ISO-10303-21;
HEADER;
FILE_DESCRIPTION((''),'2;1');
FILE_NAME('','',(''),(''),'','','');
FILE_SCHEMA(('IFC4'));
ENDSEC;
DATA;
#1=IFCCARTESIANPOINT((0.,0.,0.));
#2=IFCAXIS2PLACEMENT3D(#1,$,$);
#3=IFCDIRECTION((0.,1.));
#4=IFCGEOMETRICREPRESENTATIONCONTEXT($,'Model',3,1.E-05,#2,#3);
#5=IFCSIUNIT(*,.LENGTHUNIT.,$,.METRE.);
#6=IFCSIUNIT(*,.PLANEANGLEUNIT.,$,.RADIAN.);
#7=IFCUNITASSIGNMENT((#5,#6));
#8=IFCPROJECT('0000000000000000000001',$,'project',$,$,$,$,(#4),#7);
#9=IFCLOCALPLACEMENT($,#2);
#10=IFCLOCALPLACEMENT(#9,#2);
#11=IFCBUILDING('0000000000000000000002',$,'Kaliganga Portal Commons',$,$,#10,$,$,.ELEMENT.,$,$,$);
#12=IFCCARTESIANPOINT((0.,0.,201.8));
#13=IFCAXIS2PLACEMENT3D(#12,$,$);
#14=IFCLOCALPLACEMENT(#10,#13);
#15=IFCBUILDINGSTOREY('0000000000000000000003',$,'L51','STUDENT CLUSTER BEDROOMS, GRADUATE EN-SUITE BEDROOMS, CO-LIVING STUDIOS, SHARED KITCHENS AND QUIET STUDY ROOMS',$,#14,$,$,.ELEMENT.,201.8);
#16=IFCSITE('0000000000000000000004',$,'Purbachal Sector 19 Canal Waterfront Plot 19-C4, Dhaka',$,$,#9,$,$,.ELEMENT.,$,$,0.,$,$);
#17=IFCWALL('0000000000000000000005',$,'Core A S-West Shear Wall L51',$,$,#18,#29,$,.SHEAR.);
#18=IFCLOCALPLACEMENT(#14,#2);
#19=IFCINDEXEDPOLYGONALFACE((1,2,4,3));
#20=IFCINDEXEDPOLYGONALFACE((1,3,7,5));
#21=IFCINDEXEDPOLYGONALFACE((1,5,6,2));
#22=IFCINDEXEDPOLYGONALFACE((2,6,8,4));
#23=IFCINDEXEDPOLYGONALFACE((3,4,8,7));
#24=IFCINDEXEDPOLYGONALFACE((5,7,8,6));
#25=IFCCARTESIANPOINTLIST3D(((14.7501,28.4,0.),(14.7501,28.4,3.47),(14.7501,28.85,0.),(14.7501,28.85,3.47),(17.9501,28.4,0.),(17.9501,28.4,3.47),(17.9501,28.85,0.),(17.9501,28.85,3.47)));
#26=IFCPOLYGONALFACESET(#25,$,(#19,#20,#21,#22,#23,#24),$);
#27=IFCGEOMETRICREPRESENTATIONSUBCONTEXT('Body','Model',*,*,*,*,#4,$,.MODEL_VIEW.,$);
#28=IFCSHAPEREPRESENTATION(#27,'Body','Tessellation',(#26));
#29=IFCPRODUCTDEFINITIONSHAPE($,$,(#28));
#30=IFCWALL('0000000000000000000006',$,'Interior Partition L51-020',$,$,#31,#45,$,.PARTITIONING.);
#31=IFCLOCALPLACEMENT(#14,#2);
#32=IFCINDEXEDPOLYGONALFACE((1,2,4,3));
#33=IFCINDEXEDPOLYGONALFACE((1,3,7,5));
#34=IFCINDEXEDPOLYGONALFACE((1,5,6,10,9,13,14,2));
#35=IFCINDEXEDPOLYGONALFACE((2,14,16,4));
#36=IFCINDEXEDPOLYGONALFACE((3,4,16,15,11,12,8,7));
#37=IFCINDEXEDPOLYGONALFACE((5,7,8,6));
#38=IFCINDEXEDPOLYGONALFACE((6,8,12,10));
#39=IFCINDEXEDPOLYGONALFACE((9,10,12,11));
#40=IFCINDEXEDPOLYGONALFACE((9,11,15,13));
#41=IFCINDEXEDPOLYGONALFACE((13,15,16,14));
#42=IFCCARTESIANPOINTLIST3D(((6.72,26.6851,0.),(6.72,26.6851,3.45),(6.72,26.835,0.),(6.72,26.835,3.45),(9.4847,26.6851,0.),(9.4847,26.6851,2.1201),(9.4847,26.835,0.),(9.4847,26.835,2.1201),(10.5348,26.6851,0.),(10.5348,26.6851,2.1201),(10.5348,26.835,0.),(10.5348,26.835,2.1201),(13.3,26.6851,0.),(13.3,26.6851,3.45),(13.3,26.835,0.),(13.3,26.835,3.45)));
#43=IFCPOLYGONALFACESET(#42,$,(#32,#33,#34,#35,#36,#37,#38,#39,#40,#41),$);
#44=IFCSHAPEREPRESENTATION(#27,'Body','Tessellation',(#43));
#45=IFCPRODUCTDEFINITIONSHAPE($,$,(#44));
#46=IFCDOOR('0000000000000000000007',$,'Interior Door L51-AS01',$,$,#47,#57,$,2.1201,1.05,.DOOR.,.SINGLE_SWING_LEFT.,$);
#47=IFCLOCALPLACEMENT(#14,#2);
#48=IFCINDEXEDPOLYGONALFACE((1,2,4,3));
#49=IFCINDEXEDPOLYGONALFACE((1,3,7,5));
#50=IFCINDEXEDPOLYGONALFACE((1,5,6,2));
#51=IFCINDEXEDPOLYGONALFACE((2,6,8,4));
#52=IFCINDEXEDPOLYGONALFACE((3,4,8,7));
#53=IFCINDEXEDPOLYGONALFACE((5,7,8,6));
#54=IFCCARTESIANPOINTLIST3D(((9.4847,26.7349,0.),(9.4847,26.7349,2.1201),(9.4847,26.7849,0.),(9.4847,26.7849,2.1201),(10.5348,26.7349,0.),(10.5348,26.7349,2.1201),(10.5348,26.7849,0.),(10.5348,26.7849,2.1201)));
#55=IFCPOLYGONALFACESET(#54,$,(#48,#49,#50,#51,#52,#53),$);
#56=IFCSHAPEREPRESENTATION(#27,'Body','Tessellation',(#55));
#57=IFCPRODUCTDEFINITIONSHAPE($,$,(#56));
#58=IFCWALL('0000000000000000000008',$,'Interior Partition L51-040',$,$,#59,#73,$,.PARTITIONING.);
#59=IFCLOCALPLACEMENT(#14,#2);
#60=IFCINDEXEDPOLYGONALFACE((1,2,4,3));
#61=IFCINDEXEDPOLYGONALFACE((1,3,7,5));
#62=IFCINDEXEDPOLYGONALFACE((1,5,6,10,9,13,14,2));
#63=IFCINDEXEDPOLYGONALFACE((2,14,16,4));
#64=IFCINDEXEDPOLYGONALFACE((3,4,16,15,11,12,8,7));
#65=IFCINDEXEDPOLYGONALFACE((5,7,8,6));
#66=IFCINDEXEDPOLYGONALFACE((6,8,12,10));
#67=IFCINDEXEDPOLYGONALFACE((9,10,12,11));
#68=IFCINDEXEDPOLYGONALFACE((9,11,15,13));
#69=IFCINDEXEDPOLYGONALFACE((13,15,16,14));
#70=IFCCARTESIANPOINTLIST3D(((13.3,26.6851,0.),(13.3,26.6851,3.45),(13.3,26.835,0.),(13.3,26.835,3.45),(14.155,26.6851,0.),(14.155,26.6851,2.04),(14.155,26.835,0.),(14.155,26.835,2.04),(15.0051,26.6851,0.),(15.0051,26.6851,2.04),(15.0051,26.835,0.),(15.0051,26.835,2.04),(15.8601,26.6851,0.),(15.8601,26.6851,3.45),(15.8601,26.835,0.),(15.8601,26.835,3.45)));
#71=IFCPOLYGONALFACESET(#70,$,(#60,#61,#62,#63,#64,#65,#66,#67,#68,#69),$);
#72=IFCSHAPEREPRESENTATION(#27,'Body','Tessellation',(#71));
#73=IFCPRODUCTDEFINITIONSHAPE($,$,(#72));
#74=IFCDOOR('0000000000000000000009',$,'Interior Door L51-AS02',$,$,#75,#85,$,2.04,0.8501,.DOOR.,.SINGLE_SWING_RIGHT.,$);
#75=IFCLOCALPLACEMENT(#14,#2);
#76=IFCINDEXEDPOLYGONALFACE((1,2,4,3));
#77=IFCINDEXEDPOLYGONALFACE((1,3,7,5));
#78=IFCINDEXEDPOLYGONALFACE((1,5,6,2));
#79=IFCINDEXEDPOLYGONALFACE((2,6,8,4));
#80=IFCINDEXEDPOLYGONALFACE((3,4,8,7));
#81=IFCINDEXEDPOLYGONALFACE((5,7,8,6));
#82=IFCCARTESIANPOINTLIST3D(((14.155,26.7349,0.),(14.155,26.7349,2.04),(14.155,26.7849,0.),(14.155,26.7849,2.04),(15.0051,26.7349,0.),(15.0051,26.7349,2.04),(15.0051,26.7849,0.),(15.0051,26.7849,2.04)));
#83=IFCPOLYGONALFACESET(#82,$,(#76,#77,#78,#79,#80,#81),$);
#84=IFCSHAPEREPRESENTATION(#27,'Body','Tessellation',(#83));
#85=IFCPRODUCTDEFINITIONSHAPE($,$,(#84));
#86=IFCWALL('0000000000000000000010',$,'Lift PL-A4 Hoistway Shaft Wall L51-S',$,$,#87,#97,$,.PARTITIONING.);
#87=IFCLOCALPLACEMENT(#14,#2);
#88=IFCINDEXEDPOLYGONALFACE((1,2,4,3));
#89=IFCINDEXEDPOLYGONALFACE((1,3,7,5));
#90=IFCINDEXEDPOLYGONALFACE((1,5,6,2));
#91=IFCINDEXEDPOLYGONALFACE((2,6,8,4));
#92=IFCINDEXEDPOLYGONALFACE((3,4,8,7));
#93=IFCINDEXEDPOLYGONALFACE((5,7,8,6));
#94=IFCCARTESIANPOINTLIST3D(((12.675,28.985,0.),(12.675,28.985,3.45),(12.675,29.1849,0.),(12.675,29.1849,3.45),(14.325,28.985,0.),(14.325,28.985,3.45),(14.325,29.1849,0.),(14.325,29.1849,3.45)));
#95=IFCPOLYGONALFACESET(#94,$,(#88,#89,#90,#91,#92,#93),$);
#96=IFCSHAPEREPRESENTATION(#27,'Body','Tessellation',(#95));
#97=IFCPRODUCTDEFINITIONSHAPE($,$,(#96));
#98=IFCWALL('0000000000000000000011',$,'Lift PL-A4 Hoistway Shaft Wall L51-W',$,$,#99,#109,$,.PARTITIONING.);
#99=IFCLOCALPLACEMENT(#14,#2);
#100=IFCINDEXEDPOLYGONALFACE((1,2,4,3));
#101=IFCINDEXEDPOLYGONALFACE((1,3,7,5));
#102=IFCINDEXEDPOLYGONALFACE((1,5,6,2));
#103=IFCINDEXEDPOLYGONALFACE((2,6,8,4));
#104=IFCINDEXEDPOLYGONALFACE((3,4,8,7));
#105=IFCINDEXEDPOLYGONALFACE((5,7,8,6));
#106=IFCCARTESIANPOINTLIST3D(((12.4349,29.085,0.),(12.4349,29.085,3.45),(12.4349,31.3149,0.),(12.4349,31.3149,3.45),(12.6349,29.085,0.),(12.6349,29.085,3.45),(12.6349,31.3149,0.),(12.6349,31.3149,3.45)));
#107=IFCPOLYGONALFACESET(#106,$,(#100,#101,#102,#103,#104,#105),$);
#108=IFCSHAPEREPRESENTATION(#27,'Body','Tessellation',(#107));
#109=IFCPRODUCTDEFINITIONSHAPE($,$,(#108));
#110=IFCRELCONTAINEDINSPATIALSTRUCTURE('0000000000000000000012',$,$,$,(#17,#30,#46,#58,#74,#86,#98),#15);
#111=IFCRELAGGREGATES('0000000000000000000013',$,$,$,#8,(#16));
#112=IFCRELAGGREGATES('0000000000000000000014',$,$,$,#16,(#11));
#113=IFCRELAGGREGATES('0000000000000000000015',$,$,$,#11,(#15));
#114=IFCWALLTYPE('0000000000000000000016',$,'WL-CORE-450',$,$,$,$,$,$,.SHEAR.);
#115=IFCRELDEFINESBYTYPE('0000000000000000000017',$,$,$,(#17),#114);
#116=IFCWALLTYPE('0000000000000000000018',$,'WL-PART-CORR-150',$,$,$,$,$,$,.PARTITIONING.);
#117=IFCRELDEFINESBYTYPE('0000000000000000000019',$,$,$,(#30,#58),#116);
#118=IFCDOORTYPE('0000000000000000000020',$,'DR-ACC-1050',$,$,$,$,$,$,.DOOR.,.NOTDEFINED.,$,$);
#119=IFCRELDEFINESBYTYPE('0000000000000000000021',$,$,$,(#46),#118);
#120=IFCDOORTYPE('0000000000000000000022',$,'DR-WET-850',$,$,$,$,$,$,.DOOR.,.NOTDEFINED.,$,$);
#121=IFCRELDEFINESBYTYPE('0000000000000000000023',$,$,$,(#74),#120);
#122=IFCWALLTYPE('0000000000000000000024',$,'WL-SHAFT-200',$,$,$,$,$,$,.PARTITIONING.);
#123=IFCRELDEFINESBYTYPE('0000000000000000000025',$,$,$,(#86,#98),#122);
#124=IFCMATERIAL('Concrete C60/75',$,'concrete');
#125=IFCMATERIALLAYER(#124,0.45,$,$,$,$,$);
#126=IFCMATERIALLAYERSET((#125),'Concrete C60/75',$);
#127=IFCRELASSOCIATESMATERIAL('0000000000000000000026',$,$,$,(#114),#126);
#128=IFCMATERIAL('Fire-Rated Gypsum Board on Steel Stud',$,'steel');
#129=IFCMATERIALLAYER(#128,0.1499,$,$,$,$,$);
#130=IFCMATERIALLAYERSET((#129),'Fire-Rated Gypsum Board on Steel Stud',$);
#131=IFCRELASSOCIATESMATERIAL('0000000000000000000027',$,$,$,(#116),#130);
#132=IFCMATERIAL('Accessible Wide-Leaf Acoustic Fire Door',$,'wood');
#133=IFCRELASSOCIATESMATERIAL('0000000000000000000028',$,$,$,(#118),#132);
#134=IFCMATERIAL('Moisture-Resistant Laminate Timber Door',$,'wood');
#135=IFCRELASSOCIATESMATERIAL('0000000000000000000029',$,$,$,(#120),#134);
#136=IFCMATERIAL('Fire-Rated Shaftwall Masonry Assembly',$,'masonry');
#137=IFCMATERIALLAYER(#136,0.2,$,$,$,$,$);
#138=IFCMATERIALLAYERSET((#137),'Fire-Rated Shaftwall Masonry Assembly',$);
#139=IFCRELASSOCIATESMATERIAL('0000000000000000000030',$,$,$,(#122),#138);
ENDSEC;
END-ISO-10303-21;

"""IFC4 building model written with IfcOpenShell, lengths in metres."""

from ifc_helpers import new_model, si_unit, direction, frame, frame_2d, origin, place, context, subcontext, project, spatial, rectangle, extrude, material, layer, layer_set, type_object, element, fill, save


model = new_model("IFC4")

# Units and contexts
model_context = context("Model", 3, precision=1e-05, world=origin(), true_north=direction((0.0, 1.0)))
body_context = subcontext(model_context, "Body", "Model", "MODEL_VIEW")
ifc_project = project(units=[si_unit("LENGTHUNIT", "METRE"), si_unit("PLANEANGLEUNIT", "RADIAN")], contexts=[model_context])

# Site, building, storey
site_placement = place(None, origin())
site = spatial("IfcSite", under=ifc_project, at=site_placement, Name="Purbachal Sector 19 Canal Waterfront Plot 19-C4, Dhaka", CompositionType="ELEMENT", RefElevation=0.0)
building_placement = place(site_placement, origin())
building = spatial("IfcBuilding", under=site, at=building_placement, Name="Kaliganga Portal Commons", CompositionType="ELEMENT")
storey_placement = place(building_placement, frame((0.0, 0.0, 201.8)))
storey = spatial("IfcBuildingStorey", under=building, at=storey_placement, Name="L51", Description="STUDENT CLUSTER BEDROOMS, GRADUATE EN-SUITE BEDROOMS, CO-LIVING STUDIOS, SHARED KITCHENS AND QUIET STUDY ROOMS", CompositionType="ELEMENT", Elevation=201.8)

# Wall
ifc_material_1 = material(Name="Concrete C60/75", Category="concrete")
ifc_layer_1 = layer(ifc_material_1, 0.45)
ifc_layer_set_1 = layer_set([ifc_layer_1], Name="Concrete C60/75")
wall_type_1 = type_object("IfcWallType", Name="WL-CORE-450", PredefinedType="SHEAR", material=ifc_layer_set_1)
wall_1_placement = place(storey_placement, frame((14.75, 28.625, 0.0), z_axis=(0.0, 0.0, 1.0), x_axis=(1.0, 0.0, 0.0)))
element("IfcWall", 1, at=wall_1_placement, inside=storey, type_object=wall_type_1, Name="Core A S-West Shear Wall L51", PredefinedType="SHEAR", context=body_context, shape_type="SweptSolid", body=[
    extrude(rectangle(XDim=3.2, YDim=0.45, at=frame_2d((1.6001, 0.0))), origin(), (0.0, 0.0, 1.0), 3.47),
])

# Walls, openings, doors
ifc_material_2 = material(Name="Fire-Rated Gypsum Board on Steel Stud", Category="steel")
ifc_layer_2 = layer(ifc_material_2, 0.1499)
ifc_layer_set_2 = layer_set([ifc_layer_2], Name="Fire-Rated Gypsum Board on Steel Stud")
wall_type_2 = type_object("IfcWallType", Name="WL-PART-CORR-150", PredefinedType="PARTITIONING", material=ifc_layer_set_2)
wall_2_placement = place(storey_placement, frame((6.72, 26.76, 0.0), z_axis=(0.0, 0.0, 1.0), x_axis=(1.0, 0.0, 0.0)))
wall_2 = element("IfcWall", 2, at=wall_2_placement, inside=storey, type_object=wall_type_2, Name="Interior Partition L51-020", PredefinedType="PARTITIONING", context=body_context, shape_type="SweptSolid", body=[
    extrude(rectangle(XDim=6.5801, YDim=0.1499, at=frame_2d((3.29, 0.0))), origin(), (0.0, 0.0, 1.0), 3.45),
])
opening_1_placement = place(wall_2_placement, frame((2.7649, 0.0, 0.0)))
opening_1 = element("IfcOpeningElement", 3, at=opening_1_placement, cuts=wall_2, PredefinedType="OPENING", context=body_context, shape_type="SweptSolid", body=[
    extrude(rectangle(XDim=1.05, YDim=2.1201, at=frame_2d((0.5249, 1.0601))), frame((0.0, 0.085, 0.0), z_axis=(0.0, -1.0, 0.0), x_axis=(1.0, 0.0, 0.0)), (0.0, 0.0, 1.0), 0.1699),
])
ifc_material_3 = material(Name="Accessible Wide-Leaf Acoustic Fire Door", Category="wood")
door_type_1 = type_object("IfcDoorType", Name="DR-ACC-1050", OperationType="NOTDEFINED", PredefinedType="DOOR", material=ifc_material_3)
door_1_placement = place(opening_1_placement, origin())
door_1 = element("IfcDoor", 4, at=door_1_placement, inside=storey, type_object=door_type_1, Name="Interior Door L51-AS01", OperationType="SINGLE_SWING_LEFT", OverallHeight=2.1201, OverallWidth=1.05, PredefinedType="DOOR", context=body_context, shape_type="SweptSolid", body=[
    extrude(rectangle(XDim=1.05, YDim=2.1201, at=frame_2d((0.5249, 1.0601))), frame((0.0, 0.0249, 0.0), z_axis=(0.0, -1.0, 0.0), x_axis=(1.0, 0.0, 0.0)), (0.0, 0.0, 1.0), 0.05),
])
fill(opening_1, door_1)
wall_3_placement = place(storey_placement, frame((13.3, 26.76, 0.0), z_axis=(0.0, 0.0, 1.0), x_axis=(1.0, 0.0, 0.0)))
wall_3 = element("IfcWall", 5, at=wall_3_placement, inside=storey, type_object=wall_type_2, Name="Interior Partition L51-040", PredefinedType="PARTITIONING", context=body_context, shape_type="SweptSolid", body=[
    extrude(rectangle(XDim=2.5601, YDim=0.1499, at=frame_2d((1.28, 0.0))), origin(), (0.0, 0.0, 1.0), 3.45),
])
opening_2_placement = place(wall_3_placement, frame((0.855, 0.0, 0.0)))
opening_2 = element("IfcOpeningElement", 6, at=opening_2_placement, cuts=wall_3, PredefinedType="OPENING", context=body_context, shape_type="SweptSolid", body=[
    extrude(rectangle(XDim=0.8501, YDim=2.04, at=frame_2d((0.425, 1.02))), frame((0.0, 0.085, 0.0), z_axis=(0.0, -1.0, 0.0), x_axis=(1.0, 0.0, 0.0)), (0.0, 0.0, 1.0), 0.1699),
])
ifc_material_4 = material(Name="Moisture-Resistant Laminate Timber Door", Category="wood")
door_type_2 = type_object("IfcDoorType", Name="DR-WET-850", OperationType="NOTDEFINED", PredefinedType="DOOR", material=ifc_material_4)
door_2_placement = place(opening_2_placement, origin())
door_2 = element("IfcDoor", 7, at=door_2_placement, inside=storey, type_object=door_type_2, Name="Interior Door L51-AS02", OperationType="SINGLE_SWING_RIGHT", OverallHeight=2.04, OverallWidth=0.8501, PredefinedType="DOOR", context=body_context, shape_type="SweptSolid", body=[
    extrude(rectangle(XDim=0.8501, YDim=2.04, at=frame_2d((0.425, 1.02))), frame((0.0, 0.0249, 0.0), z_axis=(0.0, -1.0, 0.0), x_axis=(1.0, 0.0, 0.0)), (0.0, 0.0, 1.0), 0.05),
])
fill(opening_2, door_2)

# Walls
ifc_material_5 = material(Name="Fire-Rated Shaftwall Masonry Assembly", Category="masonry")
ifc_layer_3 = layer(ifc_material_5, 0.2)
ifc_layer_set_3 = layer_set([ifc_layer_3], Name="Fire-Rated Shaftwall Masonry Assembly")
wall_type_3 = type_object("IfcWallType", Name="WL-SHAFT-200", PredefinedType="PARTITIONING", material=ifc_layer_set_3)
wall_4_placement = place(storey_placement, frame((12.675, 29.085, 0.0), z_axis=(0.0, 0.0, 1.0), x_axis=(1.0, 0.0, 0.0)))
element("IfcWall", 8, at=wall_4_placement, inside=storey, type_object=wall_type_3, Name="Lift PL-A4 Hoistway Shaft Wall L51-S", PredefinedType="PARTITIONING", context=body_context, shape_type="SweptSolid", body=[
    extrude(rectangle(XDim=1.6499, YDim=0.2, at=frame_2d((0.825, 0.0))), origin(), (0.0, 0.0, 1.0), 3.45),
])
wall_5_placement = place(storey_placement, frame((12.5349, 29.085, 0.0), z_axis=(0.0, 0.0, 1.0), x_axis=(0.0, 1.0, 0.0)))
element("IfcWall", 9, at=wall_5_placement, inside=storey, type_object=wall_type_3, Name="Lift PL-A4 Hoistway Shaft Wall L51-W", PredefinedType="PARTITIONING", context=body_context, shape_type="SweptSolid", body=[
    extrude(rectangle(XDim=2.23, YDim=0.2, at=frame_2d((1.115, 0.0))), origin(), (0.0, 0.0, 1.0), 3.45),
])

save(model, "model.ifc")
